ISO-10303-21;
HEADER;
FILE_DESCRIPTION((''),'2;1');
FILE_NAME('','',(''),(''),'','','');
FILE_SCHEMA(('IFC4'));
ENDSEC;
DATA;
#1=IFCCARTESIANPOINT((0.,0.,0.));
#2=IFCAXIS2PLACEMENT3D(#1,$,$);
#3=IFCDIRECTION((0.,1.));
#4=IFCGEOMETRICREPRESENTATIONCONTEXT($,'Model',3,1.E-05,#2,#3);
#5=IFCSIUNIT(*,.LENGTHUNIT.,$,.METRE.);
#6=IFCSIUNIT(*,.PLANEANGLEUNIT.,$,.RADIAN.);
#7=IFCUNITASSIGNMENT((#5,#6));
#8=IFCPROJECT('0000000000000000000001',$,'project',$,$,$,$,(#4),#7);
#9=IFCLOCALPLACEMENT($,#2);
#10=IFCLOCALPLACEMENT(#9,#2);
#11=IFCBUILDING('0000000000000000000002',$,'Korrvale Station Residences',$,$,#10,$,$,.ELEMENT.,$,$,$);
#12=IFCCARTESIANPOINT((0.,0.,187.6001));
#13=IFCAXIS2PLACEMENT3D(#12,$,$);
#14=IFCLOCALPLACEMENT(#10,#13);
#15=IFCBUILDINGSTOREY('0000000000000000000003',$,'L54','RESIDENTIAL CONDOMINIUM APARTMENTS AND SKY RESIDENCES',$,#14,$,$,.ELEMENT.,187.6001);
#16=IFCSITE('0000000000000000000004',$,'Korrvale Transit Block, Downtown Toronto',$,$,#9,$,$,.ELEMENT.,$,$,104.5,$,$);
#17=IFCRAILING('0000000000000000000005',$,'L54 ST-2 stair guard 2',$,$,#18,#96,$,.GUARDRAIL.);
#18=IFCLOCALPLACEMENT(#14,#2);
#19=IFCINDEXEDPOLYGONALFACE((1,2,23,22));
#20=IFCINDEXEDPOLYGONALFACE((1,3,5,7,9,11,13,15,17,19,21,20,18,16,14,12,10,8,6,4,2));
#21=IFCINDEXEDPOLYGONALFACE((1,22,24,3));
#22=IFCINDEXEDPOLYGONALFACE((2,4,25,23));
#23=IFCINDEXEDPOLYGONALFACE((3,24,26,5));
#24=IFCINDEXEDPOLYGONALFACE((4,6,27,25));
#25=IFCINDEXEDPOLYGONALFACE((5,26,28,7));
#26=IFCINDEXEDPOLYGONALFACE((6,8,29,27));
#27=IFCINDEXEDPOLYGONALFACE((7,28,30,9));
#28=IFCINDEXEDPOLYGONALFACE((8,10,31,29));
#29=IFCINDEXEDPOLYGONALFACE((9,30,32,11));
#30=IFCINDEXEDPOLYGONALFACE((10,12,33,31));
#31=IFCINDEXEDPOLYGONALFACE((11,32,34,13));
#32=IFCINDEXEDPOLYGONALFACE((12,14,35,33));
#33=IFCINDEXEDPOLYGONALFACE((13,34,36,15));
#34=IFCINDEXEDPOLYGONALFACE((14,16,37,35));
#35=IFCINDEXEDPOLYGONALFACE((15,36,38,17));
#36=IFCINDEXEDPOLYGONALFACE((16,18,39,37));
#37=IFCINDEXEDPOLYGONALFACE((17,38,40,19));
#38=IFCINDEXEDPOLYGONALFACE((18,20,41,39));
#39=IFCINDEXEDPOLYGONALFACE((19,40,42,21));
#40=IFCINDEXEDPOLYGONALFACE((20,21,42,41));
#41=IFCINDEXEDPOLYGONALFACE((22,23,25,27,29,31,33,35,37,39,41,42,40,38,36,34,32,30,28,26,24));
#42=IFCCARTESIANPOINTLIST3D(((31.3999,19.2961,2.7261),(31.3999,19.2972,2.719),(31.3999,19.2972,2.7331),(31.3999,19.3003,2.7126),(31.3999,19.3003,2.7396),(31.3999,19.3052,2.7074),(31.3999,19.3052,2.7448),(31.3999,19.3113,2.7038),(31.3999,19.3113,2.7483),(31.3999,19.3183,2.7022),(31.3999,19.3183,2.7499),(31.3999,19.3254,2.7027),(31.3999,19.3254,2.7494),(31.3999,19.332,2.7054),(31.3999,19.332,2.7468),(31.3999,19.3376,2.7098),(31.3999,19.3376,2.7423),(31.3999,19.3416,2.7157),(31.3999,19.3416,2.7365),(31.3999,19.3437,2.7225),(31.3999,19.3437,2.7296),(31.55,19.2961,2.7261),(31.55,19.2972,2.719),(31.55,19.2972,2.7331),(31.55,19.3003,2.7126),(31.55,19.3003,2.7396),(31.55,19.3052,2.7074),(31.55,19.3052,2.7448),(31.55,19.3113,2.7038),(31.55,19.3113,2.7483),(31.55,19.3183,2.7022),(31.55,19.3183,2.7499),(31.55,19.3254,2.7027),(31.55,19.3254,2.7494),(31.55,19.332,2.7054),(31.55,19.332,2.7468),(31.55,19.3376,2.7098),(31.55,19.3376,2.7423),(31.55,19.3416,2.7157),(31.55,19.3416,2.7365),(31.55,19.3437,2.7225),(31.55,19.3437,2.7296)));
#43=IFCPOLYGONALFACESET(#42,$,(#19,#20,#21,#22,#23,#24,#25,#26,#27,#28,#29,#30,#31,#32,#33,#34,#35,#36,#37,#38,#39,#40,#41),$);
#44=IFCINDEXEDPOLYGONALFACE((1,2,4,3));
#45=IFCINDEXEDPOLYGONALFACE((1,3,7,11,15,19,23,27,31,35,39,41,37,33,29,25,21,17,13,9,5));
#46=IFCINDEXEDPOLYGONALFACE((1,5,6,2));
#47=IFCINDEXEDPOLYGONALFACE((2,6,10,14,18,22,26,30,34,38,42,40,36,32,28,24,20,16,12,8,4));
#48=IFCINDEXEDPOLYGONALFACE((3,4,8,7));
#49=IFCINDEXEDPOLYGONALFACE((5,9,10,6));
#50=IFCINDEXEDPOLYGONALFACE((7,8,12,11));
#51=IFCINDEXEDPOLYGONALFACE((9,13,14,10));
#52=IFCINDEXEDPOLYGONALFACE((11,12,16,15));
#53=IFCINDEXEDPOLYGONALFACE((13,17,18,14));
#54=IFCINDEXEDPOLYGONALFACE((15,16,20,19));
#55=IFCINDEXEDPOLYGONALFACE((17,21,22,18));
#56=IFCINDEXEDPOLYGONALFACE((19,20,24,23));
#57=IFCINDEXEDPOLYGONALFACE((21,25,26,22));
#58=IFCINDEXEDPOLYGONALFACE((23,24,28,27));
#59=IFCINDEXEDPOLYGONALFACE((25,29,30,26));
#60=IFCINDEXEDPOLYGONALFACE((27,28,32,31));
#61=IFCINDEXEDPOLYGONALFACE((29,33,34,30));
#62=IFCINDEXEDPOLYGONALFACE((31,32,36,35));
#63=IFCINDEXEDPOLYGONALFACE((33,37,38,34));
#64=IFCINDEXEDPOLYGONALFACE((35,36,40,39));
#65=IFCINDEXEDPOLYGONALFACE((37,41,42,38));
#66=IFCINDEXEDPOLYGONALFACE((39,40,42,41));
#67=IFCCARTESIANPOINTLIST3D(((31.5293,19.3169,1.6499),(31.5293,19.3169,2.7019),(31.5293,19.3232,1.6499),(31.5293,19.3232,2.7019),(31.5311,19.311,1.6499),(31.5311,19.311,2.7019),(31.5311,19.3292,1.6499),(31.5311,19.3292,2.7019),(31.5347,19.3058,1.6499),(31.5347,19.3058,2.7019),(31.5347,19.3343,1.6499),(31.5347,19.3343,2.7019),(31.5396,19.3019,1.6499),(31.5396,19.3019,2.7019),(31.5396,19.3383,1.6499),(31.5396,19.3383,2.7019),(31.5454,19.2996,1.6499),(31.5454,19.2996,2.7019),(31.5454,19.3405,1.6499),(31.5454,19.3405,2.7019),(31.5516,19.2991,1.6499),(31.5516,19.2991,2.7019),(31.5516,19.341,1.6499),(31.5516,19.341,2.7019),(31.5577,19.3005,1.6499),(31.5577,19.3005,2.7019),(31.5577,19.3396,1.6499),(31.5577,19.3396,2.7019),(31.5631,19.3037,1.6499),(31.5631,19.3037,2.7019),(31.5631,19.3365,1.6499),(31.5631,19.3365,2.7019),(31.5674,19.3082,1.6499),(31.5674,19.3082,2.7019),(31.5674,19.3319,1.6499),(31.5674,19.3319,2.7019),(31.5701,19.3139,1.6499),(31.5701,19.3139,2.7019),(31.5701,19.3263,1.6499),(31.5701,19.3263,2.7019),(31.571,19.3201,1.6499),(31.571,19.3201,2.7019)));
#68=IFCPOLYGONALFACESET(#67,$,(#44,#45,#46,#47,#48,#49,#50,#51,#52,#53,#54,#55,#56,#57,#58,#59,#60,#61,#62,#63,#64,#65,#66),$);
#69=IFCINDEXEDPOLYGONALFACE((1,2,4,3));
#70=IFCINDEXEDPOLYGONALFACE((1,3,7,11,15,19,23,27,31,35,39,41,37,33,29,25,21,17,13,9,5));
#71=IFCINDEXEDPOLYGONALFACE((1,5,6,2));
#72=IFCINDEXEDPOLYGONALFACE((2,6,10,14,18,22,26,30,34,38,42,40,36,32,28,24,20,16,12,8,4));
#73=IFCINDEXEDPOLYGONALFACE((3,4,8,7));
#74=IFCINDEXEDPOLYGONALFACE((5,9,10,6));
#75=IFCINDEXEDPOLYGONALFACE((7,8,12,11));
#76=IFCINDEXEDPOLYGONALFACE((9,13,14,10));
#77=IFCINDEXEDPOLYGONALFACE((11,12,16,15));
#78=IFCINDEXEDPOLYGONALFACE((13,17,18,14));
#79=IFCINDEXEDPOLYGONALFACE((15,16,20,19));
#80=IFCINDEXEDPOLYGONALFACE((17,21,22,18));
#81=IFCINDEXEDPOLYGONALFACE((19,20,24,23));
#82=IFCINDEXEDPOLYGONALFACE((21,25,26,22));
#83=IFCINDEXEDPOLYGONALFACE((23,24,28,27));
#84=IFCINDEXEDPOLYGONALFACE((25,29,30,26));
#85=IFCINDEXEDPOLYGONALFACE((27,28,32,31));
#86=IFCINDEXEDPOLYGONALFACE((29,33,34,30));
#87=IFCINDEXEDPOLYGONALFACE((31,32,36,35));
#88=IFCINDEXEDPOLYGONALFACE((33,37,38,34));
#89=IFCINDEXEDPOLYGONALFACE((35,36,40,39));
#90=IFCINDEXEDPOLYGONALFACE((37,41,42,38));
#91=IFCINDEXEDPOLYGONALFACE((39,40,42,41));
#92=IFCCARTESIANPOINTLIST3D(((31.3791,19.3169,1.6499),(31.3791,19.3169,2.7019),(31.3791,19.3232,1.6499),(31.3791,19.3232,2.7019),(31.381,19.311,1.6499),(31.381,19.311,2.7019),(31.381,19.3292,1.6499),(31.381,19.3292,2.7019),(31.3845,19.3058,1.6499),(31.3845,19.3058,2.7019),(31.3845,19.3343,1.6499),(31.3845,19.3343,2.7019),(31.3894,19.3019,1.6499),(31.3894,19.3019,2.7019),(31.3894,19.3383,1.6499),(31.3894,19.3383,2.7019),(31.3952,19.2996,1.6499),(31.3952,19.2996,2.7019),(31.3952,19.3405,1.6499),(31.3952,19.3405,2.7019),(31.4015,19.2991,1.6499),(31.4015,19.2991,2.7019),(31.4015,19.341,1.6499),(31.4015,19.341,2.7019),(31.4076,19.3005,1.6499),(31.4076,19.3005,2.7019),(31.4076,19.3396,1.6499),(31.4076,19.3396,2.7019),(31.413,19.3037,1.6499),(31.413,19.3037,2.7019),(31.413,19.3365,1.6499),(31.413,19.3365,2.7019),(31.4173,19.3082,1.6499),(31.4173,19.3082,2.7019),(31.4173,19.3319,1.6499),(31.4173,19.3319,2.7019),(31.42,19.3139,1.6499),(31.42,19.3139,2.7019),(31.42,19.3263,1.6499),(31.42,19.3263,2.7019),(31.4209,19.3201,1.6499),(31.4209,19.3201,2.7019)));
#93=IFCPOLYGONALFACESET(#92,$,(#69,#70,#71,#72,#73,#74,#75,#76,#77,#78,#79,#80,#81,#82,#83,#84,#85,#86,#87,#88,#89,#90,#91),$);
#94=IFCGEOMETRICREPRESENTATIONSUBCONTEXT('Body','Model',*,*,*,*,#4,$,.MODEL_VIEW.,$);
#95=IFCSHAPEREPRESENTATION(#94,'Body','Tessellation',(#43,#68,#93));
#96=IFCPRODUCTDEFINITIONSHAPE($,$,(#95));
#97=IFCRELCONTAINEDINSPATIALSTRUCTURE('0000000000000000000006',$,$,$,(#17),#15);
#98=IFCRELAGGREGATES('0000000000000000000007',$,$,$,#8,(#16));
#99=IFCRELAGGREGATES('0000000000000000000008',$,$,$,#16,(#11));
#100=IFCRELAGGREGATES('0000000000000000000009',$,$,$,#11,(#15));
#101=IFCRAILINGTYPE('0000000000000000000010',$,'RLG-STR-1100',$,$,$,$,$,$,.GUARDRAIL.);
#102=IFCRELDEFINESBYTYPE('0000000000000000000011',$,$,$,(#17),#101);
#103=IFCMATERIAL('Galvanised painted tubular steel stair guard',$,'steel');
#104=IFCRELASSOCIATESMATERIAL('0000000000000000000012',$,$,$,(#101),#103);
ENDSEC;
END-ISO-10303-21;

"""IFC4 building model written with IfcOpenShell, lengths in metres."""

from ifc_helpers import new_model, si_unit, direction, frame, origin, origin_2d, place, context, subcontext, project, spatial, circle, extrude, material, type_object, element, save


model = new_model("IFC4")

# Units and contexts
model_context = context("Model", 3, precision=1e-05, world=origin(), true_north=direction((0.0, 1.0)))
body_context = subcontext(model_context, "Body", "Model", "MODEL_VIEW")
ifc_project = project(units=[si_unit("LENGTHUNIT", "METRE"), si_unit("PLANEANGLEUNIT", "RADIAN")], contexts=[model_context])

# Site, building, storey
site_placement = place(None, origin())
site = spatial("IfcSite", under=ifc_project, at=site_placement, Name="Korrvale Transit Block, Downtown Toronto", CompositionType="ELEMENT", RefElevation=104.5)
building_placement = place(site_placement, origin())
building = spatial("IfcBuilding", under=site, at=building_placement, Name="Korrvale Station Residences", CompositionType="ELEMENT")
storey_placement = place(building_placement, frame((0.0, 0.0, 187.6001)))
storey = spatial("IfcBuildingStorey", under=building, at=storey_placement, Name="L54", Description="RESIDENTIAL CONDOMINIUM APARTMENTS AND SKY RESIDENCES", CompositionType="ELEMENT", Elevation=187.6001)

# Railing
ifc_material_1 = material(Name="Galvanised painted tubular steel stair guard", Category="steel")
railing_type_1 = type_object("IfcRailingType", Name="RLG-STR-1100", PredefinedType="GUARDRAIL", material=ifc_material_1)
railing_1_placement = place(storey_placement, frame((31.55, 19.3201, 1.6499)))
element("IfcRailing", 1, at=railing_1_placement, inside=storey, type_object=railing_type_1, Name="L54 ST-2 stair guard 2", PredefinedType="GUARDRAIL", context=body_context, shape_type="SweptSolid", body=[
    extrude(circle(Radius=0.0239, at=origin_2d()), frame((0.0, 0.0, 1.0762), z_axis=(-1.0, 0.0, 0.0), x_axis=(0.0, -1.0, 0.0)), (0.0, 0.0, 1.0), 0.1501),
    extrude(circle(Radius=0.021, at=origin_2d()), origin(), (0.0, 0.0, 1.0), 1.052),
    extrude(circle(Radius=0.021, at=origin_2d()), frame((-0.1501, 0.0, 0.0)), (0.0, 0.0, 1.0), 1.052),
])

save(model, "model.ifc")
